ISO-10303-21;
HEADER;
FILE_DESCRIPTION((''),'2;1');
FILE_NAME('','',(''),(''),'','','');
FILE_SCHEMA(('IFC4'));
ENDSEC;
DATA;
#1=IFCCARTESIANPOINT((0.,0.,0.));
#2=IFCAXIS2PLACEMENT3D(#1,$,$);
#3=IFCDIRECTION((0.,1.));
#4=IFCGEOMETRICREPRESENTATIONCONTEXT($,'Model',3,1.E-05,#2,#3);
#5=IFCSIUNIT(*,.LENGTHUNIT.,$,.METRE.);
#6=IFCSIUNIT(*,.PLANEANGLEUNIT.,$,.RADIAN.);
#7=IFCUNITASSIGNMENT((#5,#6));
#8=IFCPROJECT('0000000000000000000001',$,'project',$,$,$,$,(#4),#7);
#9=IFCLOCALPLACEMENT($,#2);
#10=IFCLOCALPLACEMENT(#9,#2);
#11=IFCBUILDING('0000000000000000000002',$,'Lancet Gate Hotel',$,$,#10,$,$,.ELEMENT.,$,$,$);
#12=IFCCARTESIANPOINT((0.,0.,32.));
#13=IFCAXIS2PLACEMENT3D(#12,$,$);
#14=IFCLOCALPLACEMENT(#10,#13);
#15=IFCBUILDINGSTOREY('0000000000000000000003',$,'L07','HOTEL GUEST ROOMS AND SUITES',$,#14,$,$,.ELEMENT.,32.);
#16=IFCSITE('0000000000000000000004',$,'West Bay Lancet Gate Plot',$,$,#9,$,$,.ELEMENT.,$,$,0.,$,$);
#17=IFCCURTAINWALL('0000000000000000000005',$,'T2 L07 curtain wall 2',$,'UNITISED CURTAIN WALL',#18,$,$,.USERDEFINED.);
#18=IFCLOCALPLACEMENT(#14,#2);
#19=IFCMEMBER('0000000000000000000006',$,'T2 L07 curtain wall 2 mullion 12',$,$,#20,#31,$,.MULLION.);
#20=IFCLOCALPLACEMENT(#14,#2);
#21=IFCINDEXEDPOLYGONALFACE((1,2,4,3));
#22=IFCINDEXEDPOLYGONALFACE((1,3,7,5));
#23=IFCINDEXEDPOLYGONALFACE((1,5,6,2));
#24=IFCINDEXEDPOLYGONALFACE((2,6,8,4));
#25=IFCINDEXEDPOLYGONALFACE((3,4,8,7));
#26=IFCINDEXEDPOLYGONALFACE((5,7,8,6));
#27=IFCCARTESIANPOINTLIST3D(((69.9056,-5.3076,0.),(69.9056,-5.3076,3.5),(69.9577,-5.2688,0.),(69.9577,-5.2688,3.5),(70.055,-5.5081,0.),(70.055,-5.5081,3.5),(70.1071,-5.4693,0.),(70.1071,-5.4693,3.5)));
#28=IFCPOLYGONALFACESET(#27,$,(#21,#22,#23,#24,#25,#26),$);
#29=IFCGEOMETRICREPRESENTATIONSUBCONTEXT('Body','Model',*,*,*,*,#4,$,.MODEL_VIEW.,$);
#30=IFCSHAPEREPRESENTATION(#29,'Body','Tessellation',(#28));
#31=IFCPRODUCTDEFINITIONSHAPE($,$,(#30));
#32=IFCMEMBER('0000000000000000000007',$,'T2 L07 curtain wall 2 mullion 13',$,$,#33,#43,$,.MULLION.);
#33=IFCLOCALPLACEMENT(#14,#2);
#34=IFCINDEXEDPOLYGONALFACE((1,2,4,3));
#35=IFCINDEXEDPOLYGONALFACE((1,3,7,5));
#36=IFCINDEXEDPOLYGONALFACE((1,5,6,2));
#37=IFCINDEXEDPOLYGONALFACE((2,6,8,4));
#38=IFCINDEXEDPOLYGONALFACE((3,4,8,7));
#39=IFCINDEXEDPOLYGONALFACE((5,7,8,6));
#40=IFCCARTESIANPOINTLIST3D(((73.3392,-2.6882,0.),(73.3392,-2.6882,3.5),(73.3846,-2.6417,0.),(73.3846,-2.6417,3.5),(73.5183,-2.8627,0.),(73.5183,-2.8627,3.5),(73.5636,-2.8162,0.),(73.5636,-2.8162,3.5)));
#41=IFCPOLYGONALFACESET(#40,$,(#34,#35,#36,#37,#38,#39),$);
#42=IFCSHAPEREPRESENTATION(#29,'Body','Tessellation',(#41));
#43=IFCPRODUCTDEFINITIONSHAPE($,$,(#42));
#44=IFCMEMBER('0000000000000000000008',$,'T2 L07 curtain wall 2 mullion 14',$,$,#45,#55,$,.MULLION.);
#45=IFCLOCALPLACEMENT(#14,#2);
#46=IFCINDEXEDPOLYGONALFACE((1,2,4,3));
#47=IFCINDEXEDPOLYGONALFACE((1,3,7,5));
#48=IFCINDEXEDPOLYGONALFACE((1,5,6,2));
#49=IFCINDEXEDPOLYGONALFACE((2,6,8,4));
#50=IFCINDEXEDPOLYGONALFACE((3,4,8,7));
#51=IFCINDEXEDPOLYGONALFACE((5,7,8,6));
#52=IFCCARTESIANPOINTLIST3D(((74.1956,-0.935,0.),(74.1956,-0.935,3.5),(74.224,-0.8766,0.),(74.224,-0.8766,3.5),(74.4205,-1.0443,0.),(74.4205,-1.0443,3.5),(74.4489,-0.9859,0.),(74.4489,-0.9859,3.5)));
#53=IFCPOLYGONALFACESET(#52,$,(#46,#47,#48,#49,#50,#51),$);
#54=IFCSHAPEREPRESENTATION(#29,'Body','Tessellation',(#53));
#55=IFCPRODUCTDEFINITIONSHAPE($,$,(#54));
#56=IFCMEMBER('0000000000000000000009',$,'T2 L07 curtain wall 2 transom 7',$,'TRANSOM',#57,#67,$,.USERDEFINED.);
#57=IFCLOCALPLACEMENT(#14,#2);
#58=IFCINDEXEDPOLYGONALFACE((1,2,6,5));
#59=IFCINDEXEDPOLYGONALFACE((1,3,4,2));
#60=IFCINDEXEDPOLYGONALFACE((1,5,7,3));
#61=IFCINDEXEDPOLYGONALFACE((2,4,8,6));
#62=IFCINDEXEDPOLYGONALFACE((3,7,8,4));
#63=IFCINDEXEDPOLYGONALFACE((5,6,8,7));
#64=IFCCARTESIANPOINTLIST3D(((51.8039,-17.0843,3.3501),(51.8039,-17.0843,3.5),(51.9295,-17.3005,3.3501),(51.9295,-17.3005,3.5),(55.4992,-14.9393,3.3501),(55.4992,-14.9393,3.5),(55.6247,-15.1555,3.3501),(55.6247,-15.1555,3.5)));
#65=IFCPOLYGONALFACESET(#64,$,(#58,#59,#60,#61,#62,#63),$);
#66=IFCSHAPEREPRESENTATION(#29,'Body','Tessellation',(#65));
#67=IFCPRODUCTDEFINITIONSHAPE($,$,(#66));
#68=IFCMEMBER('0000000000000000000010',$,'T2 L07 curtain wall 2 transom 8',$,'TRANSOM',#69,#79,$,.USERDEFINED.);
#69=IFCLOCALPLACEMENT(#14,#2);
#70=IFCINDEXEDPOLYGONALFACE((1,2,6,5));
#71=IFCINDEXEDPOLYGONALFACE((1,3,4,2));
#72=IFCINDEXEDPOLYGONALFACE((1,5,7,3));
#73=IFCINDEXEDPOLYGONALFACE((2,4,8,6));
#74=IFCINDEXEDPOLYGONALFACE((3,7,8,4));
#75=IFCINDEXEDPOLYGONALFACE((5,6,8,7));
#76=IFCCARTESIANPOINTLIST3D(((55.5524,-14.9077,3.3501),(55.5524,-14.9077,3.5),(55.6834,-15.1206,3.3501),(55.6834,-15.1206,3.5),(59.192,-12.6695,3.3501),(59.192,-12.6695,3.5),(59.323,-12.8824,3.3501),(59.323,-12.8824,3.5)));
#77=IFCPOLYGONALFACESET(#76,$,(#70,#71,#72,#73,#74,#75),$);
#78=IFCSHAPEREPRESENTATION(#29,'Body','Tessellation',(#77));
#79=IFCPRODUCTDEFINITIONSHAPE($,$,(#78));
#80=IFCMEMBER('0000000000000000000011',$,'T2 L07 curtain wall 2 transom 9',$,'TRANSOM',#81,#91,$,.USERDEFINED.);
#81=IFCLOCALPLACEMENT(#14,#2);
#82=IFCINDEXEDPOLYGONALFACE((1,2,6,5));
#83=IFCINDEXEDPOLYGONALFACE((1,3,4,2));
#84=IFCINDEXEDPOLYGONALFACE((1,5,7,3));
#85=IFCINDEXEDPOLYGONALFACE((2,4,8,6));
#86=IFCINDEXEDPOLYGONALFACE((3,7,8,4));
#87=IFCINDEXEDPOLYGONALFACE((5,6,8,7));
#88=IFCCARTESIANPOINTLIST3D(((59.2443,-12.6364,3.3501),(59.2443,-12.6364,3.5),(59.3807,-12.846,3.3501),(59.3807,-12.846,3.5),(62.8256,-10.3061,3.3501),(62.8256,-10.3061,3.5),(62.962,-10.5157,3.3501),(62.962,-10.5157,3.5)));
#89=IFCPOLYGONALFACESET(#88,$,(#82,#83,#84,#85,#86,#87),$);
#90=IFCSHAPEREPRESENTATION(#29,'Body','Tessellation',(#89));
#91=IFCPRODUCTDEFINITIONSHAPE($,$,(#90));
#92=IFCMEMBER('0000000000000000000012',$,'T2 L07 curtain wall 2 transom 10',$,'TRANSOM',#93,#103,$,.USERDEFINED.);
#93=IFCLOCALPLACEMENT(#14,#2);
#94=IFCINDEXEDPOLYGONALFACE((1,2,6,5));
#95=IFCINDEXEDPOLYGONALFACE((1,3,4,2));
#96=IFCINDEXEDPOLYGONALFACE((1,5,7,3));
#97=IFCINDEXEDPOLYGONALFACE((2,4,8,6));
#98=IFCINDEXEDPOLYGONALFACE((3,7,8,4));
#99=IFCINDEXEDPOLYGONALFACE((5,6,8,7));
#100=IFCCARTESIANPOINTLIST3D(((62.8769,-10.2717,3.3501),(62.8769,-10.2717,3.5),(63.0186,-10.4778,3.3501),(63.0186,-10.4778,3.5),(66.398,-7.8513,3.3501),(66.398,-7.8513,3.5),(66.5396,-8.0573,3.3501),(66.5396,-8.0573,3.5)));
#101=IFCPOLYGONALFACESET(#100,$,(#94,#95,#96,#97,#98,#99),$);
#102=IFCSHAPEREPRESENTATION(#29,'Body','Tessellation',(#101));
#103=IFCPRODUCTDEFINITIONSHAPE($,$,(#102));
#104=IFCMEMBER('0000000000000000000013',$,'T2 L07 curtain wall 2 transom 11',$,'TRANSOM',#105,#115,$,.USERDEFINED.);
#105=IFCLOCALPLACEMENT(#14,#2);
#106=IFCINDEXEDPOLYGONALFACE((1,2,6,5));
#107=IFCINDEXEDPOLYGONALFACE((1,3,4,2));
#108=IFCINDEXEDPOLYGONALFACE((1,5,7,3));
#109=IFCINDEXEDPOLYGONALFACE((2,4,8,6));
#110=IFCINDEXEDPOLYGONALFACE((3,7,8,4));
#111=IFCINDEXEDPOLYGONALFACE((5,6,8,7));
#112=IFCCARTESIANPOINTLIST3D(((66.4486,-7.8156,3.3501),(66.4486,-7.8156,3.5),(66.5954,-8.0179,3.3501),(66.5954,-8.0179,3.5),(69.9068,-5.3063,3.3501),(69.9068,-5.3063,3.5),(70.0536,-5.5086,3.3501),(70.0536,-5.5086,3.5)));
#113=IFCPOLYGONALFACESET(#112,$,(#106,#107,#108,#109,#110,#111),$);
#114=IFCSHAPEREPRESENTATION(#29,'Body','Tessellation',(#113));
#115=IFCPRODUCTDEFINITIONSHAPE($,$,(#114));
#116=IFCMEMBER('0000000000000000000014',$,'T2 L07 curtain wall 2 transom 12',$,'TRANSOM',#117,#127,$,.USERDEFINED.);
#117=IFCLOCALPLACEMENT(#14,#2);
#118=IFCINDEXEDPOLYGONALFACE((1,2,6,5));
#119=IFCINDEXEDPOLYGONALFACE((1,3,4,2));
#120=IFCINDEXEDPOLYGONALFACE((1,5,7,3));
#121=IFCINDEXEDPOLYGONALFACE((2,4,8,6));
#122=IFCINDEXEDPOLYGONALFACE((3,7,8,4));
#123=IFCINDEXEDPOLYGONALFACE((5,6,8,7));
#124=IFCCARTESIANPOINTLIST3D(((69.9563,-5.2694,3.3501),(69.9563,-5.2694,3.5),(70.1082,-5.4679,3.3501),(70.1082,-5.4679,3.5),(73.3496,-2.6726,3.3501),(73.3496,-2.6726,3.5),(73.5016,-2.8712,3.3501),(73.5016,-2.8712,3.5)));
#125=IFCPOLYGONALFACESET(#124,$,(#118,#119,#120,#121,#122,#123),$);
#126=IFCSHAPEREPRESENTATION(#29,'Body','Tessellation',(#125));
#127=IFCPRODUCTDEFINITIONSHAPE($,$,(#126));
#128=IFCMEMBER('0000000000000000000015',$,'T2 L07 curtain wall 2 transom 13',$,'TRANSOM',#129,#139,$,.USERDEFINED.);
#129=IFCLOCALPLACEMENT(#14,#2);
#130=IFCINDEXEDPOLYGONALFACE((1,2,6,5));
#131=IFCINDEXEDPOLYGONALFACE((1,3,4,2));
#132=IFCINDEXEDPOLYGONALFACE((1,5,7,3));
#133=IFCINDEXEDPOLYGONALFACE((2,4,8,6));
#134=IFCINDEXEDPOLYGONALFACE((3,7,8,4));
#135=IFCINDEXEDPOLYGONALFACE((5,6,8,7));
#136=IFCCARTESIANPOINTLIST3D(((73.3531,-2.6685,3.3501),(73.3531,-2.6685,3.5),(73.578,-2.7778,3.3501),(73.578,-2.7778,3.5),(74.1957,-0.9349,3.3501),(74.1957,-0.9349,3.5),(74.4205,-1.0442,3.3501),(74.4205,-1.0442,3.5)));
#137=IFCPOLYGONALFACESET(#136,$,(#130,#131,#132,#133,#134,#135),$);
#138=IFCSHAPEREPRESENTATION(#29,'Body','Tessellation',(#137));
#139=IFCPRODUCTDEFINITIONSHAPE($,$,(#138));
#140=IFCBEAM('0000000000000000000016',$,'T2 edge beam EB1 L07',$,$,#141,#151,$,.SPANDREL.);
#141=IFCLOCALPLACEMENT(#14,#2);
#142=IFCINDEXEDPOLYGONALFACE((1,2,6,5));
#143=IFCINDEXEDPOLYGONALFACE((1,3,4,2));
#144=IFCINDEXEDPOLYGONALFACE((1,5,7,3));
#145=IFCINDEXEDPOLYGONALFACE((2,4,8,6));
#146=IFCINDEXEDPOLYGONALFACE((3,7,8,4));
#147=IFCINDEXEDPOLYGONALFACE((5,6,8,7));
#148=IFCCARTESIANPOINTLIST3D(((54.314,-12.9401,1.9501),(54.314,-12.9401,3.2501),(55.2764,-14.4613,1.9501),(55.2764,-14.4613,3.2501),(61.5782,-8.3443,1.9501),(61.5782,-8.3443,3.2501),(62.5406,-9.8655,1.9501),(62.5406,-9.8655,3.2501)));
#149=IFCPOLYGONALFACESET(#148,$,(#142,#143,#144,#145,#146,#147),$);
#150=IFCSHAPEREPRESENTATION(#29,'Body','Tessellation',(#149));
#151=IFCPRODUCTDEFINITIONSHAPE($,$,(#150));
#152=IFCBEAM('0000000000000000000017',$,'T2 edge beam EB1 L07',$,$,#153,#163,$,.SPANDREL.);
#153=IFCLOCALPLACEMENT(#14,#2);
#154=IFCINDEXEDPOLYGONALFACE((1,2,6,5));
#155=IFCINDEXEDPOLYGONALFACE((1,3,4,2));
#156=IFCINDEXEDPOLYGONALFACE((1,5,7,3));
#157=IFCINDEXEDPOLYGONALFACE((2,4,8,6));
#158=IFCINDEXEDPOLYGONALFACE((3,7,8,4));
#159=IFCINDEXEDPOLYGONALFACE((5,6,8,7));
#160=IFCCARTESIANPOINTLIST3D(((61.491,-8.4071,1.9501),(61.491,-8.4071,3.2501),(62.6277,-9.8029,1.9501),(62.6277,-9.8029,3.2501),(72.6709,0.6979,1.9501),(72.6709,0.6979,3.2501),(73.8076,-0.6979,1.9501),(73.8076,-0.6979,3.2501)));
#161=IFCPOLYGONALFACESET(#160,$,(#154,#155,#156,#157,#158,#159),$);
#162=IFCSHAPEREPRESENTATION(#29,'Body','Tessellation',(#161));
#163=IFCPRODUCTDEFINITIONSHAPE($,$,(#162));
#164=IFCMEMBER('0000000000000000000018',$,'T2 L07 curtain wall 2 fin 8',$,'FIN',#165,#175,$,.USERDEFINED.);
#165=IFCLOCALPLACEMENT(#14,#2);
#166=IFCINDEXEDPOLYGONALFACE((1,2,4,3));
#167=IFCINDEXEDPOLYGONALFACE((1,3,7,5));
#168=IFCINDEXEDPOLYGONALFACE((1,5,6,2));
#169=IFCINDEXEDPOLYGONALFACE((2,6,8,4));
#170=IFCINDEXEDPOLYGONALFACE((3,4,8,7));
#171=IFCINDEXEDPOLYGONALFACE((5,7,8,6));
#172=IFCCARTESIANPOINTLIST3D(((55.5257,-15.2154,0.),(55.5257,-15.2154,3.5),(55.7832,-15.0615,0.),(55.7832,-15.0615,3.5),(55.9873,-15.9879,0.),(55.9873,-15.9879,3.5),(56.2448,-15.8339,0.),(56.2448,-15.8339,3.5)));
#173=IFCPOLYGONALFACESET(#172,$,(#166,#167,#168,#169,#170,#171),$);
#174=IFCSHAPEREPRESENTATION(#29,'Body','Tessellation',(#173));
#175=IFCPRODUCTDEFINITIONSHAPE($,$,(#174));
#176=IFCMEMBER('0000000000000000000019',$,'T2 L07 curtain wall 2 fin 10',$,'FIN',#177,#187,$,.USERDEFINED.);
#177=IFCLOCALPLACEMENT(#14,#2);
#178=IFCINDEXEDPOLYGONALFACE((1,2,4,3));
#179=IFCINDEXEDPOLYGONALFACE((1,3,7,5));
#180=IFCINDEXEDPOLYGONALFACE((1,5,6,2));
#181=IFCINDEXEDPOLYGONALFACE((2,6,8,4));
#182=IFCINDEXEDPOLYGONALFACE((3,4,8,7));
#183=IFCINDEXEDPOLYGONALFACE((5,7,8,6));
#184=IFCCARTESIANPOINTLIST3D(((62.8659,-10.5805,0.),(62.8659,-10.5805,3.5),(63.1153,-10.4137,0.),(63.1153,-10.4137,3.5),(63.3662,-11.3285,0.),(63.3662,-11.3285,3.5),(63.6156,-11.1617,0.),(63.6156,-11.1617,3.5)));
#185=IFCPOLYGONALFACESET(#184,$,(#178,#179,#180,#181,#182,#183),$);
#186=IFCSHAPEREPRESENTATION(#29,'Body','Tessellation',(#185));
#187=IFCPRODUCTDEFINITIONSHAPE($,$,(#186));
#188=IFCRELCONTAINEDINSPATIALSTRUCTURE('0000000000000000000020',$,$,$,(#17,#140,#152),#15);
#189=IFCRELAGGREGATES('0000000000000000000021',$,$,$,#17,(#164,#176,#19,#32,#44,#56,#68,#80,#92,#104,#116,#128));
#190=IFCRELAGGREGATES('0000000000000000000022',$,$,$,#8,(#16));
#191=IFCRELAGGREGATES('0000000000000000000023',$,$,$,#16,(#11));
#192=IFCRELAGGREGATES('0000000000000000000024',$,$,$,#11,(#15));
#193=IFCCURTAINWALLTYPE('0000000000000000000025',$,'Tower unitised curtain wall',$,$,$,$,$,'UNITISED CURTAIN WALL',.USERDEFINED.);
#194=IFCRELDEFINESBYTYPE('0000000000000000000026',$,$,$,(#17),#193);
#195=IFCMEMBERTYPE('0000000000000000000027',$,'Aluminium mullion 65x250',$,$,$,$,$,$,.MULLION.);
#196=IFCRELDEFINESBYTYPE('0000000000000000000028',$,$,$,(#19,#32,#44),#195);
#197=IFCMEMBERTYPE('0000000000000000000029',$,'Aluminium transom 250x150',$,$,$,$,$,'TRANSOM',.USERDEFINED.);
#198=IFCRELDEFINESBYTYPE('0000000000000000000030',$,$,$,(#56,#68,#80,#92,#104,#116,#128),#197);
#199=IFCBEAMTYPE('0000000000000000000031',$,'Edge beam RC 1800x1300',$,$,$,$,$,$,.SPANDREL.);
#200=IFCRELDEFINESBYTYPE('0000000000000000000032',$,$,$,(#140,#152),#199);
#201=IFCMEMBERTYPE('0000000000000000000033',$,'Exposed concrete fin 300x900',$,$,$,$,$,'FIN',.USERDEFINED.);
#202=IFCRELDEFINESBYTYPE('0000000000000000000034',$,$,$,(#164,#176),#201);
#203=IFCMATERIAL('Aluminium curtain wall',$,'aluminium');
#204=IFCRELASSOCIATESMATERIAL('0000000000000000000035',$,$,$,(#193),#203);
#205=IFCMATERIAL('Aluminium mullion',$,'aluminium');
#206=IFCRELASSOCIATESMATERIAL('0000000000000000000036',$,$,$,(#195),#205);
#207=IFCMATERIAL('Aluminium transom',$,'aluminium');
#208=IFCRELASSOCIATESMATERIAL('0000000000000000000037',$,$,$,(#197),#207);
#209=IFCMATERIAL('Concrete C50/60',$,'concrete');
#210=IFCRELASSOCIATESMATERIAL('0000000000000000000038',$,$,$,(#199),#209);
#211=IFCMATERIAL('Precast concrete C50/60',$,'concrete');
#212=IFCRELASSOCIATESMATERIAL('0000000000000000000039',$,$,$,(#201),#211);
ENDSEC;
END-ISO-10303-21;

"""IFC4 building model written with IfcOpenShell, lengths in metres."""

from ifc_helpers import new_model, si_unit, direction, frame, origin, origin_2d, place, context, subcontext, project, spatial, rectangle, extrude, material, material_profile, profile_set, type_object, element, aggregate, save


model = new_model("IFC4")

# Units and contexts
model_context = context("Model", 3, precision=1e-05, world=origin(), true_north=direction((0.0, 1.0)))
body_context = subcontext(model_context, "Body", "Model", "MODEL_VIEW")
ifc_project = project(units=[si_unit("LENGTHUNIT", "METRE"), si_unit("PLANEANGLEUNIT", "RADIAN")], contexts=[model_context])

# Site, building, storey
site_placement = place(None, origin())
site = spatial("IfcSite", under=ifc_project, at=site_placement, Name="West Bay Lancet Gate Plot", CompositionType="ELEMENT", RefElevation=0.0)
building_placement = place(site_placement, origin())
building = spatial("IfcBuilding", under=site, at=building_placement, Name="Lancet Gate Hotel", CompositionType="ELEMENT")
storey_placement = place(building_placement, frame((0.0, 0.0, 32.0)))
storey = spatial("IfcBuildingStorey", under=building, at=storey_placement, Name="L07", Description="HOTEL GUEST ROOMS AND SUITES", CompositionType="ELEMENT", Elevation=32.0)

# Curtain wall, members
ifc_material_1 = material(Name="Aluminium curtain wall", Category="aluminium")
curtain_wall_type = type_object("IfcCurtainWallType", Name="Tower unitised curtain wall", ElementType="UNITISED CURTAIN WALL", PredefinedType="USERDEFINED", material=ifc_material_1)
curtain_wall_placement = place(storey_placement, origin())
curtain_wall = element("IfcCurtainWall", 1, at=curtain_wall_placement, inside=storey, type_object=curtain_wall_type, Name="T2 L07 curtain wall 2", ObjectType="UNITISED CURTAIN WALL", PredefinedType="USERDEFINED")
ifc_material_2 = material(Name="Aluminium mullion", Category="aluminium")
ifc_material_profile_1 = material_profile(ifc_material_2, rectangle(XDim=0.0649, YDim=0.25, at=origin_2d()), Name="MULLION 65x250")
ifc_profile_set_1 = profile_set([ifc_material_profile_1], Name="Aluminium mullion")
member_type_1 = type_object("IfcMemberType", Name="Aluminium mullion 65x250", PredefinedType="MULLION", material=ifc_profile_set_1)
member_1_placement = place(storey_placement, frame((70.0063, -5.3884, 0.0), z_axis=(0.0, 0.0, 1.0), x_axis=(0.80183, 0.597552, 0.0)))
member_1 = element("IfcMember", 2, at=member_1_placement, type_object=member_type_1, Name="T2 L07 curtain wall 2 mullion 12", PredefinedType="MULLION", context=body_context, shape_type="SweptSolid", body=[
    extrude(rectangle(XDim=0.0649, YDim=0.25, at=origin_2d()), origin(), (0.0, 0.0, 1.0), 3.5),
])
member_2_placement = place(storey_placement, frame((73.4514, -2.7522, 0.0), z_axis=(0.0, 0.0, 1.0), x_axis=(0.697983, 0.716114, 0.0)))
member_2 = element("IfcMember", 3, at=member_2_placement, type_object=member_type_1, Name="T2 L07 curtain wall 2 mullion 13", PredefinedType="MULLION", context=body_context, shape_type="SweptSolid", body=[
    extrude(rectangle(XDim=0.0649, YDim=0.25, at=origin_2d()), origin(), (0.0, 0.0, 1.0), 3.5),
])
member_3_placement = place(storey_placement, frame((74.3223, -0.9604, 0.0), z_axis=(0.0, 0.0, 1.0), x_axis=(0.437169, 0.899379, 0.0)))
member_3 = element("IfcMember", 4, at=member_3_placement, type_object=member_type_1, Name="T2 L07 curtain wall 2 mullion 14", PredefinedType="MULLION", context=body_context, shape_type="SweptSolid", body=[
    extrude(rectangle(XDim=0.0649, YDim=0.25, at=origin_2d()), origin(), (0.0, 0.0, 1.0), 3.5),
])
ifc_material_3 = material(Name="Aluminium transom", Category="aluminium")
ifc_material_profile_2 = material_profile(ifc_material_3, rectangle(XDim=0.25, YDim=0.1499, at=origin_2d()), Name="TRANSOM 250x150")
ifc_profile_set_2 = profile_set([ifc_material_profile_2], Name="Aluminium transom")
member_type_2 = type_object("IfcMemberType", Name="Aluminium transom 250x150", ElementType="TRANSOM", PredefinedType="USERDEFINED", material=ifc_profile_set_2)
member_4_placement = place(storey_placement, frame((51.8667, -17.1924, 3.425), z_axis=(0.864855, 0.502022, 0.0), x_axis=(-0.502022, 0.864855, 0.0)))
member_4 = element("IfcMember", 5, at=member_4_placement, type_object=member_type_2, Name="T2 L07 curtain wall 2 transom 7", ObjectType="TRANSOM", PredefinedType="USERDEFINED", context=body_context, shape_type="SweptSolid", body=[
    extrude(rectangle(XDim=0.25, YDim=0.1499, at=origin_2d()), origin(), (0.0, 0.0, 1.0), 4.2727),
])
member_5_placement = place(storey_placement, frame((55.6179, -15.0142, 3.425), z_axis=(0.851815, 0.523842, 0.0), x_axis=(-0.523842, 0.851815, 0.0)))
member_5 = element("IfcMember", 6, at=member_5_placement, type_object=member_type_2, Name="T2 L07 curtain wall 2 transom 8", ObjectType="TRANSOM", PredefinedType="USERDEFINED", context=body_context, shape_type="SweptSolid", body=[
    extrude(rectangle(XDim=0.25, YDim=0.1499, at=origin_2d()), origin(), (0.0, 0.0, 1.0), 4.2727),
])
member_6_placement = place(storey_placement, frame((59.3125, -12.7412, 3.425), z_axis=(0.838179, 0.545396, 0.0), x_axis=(-0.545396, 0.838179, 0.0)))
member_6 = element("IfcMember", 7, at=member_6_placement, type_object=member_type_2, Name="T2 L07 curtain wall 2 transom 9", ObjectType="TRANSOM", PredefinedType="USERDEFINED", context=body_context, shape_type="SweptSolid", body=[
    extrude(rectangle(XDim=0.25, YDim=0.1499, at=origin_2d()), origin(), (0.0, 0.0, 1.0), 4.2727),
])
member_7_placement = place(storey_placement, frame((62.9478, -10.3748, 3.425), z_axis=(0.824072, 0.566485, 0.0), x_axis=(-0.566485, 0.824072, 0.0)))
member_7 = element("IfcMember", 8, at=member_7_placement, type_object=member_type_2, Name="T2 L07 curtain wall 2 transom 10", ObjectType="TRANSOM", PredefinedType="USERDEFINED", context=body_context, shape_type="SweptSolid", body=[
    extrude(rectangle(XDim=0.25, YDim=0.1499, at=origin_2d()), origin(), (0.0, 0.0, 1.0), 4.2727),
])
member_8_placement = place(storey_placement, frame((66.522, -7.9167, 3.425), z_axis=(0.809383, 0.587281, 0.0), x_axis=(-0.587281, 0.809383, 0.0)))
member_8 = element("IfcMember", 9, at=member_8_placement, type_object=member_type_2, Name="T2 L07 curtain wall 2 transom 11", ObjectType="TRANSOM", PredefinedType="USERDEFINED", context=body_context, shape_type="SweptSolid", body=[
    extrude(rectangle(XDim=0.25, YDim=0.1499, at=origin_2d()), origin(), (0.0, 0.0, 1.0), 4.2727),
])
member_9_placement = place(storey_placement, frame((70.0322, -5.3687, 3.425), z_axis=(0.794155, 0.607715, 0.0), x_axis=(-0.607715, 0.794155, 0.0)))
member_9 = element("IfcMember", 10, at=member_9_placement, type_object=member_type_2, Name="T2 L07 curtain wall 2 transom 12", ObjectType="TRANSOM", PredefinedType="USERDEFINED", context=body_context, shape_type="SweptSolid", body=[
    extrude(rectangle(XDim=0.25, YDim=0.1499, at=origin_2d()), origin(), (0.0, 0.0, 1.0), 4.2729),
])
member_10_placement = place(storey_placement, frame((73.4656, -2.7231, 3.425), z_axis=(0.437103, 0.899411, 0.0), x_axis=(-0.899411, 0.437103, 0.0)))
member_10 = element("IfcMember", 11, at=member_10_placement, type_object=member_type_2, Name="T2 L07 curtain wall 2 transom 13", ObjectType="TRANSOM", PredefinedType="USERDEFINED", context=body_context, shape_type="SweptSolid", body=[
    extrude(rectangle(XDim=0.25, YDim=0.1499, at=origin_2d()), origin(), (0.0, 0.0, 1.0), 1.9275),
])

# Beams
ifc_material_4 = material(Name="Concrete C50/60", Category="concrete")
ifc_material_profile_3 = material_profile(ifc_material_4, rectangle(XDim=1.8, YDim=1.3, at=origin_2d()), Name="RC 1800x1300")
ifc_profile_set_3 = profile_set([ifc_material_profile_3], Name="Concrete C50/60")
beam_type_1 = type_object("IfcBeamType", Name="Edge beam RC 1800x1300", PredefinedType="SPANDREL", material=ifc_profile_set_3)
beam_1_placement = place(storey_placement, frame((54.7952, -13.7007, 2.6001), z_axis=(0.845078, 0.534643, 0.0), x_axis=(-0.534643, 0.845078, 0.0)))
element("IfcBeam", 12, at=beam_1_placement, inside=storey, type_object=beam_type_1, Name="T2 edge beam EB1 L07", PredefinedType="SPANDREL", context=body_context, shape_type="SweptSolid", body=[
    extrude(rectangle(XDim=1.8, YDim=1.3, at=origin_2d()), origin(), (0.0, 0.0, 1.0), 8.5959),
])
beam_2_placement = place(storey_placement, frame((62.0593, -9.105, 2.6001), z_axis=(0.775391, 0.631481, 0.0), x_axis=(-0.631481, 0.775391, 0.0)))
element("IfcBeam", 13, at=beam_2_placement, inside=storey, type_object=beam_type_1, Name="T2 edge beam EB1 L07", PredefinedType="SPANDREL", context=body_context, shape_type="SweptSolid", body=[
    extrude(rectangle(XDim=1.8, YDim=1.3, at=origin_2d()), origin(), (0.0, 0.0, 1.0), 14.4185),
])

# Members
ifc_material_5 = material(Name="Precast concrete C50/60", Category="concrete")
ifc_material_profile_4 = material_profile(ifc_material_5, rectangle(XDim=0.3, YDim=0.8999, at=origin_2d()), Name="FIN 300x900")
ifc_profile_set_4 = profile_set([ifc_material_profile_4], Name="Precast concrete C50/60")
member_type_3 = type_object("IfcMemberType", Name="Exposed concrete fin 300x900", ElementType="FIN", PredefinedType="USERDEFINED", material=ifc_profile_set_4)
member_11_placement = place(storey_placement, frame((55.8853, -15.5247, 0.0), z_axis=(0.0, 0.0, 1.0), x_axis=(0.858413, 0.512959, 0.0)))
member_11 = element("IfcMember", 14, at=member_11_placement, type_object=member_type_3, Name="T2 L07 curtain wall 2 fin 8", ObjectType="FIN", PredefinedType="USERDEFINED", context=body_context, shape_type="SweptSolid", body=[
    extrude(rectangle(XDim=0.3, YDim=0.8999, at=origin_2d()), origin(), (0.0, 0.0, 1.0), 3.5),
])
member_12_placement = place(storey_placement, frame((63.2407, -10.8711, 0.0), z_axis=(0.0, 0.0, 1.0), x_axis=(0.831198, 0.555976, 0.0)))
member_12 = element("IfcMember", 15, at=member_12_placement, type_object=member_type_3, Name="T2 L07 curtain wall 2 fin 10", ObjectType="FIN", PredefinedType="USERDEFINED", context=body_context, shape_type="SweptSolid", body=[
    extrude(rectangle(XDim=0.3, YDim=0.8999, at=origin_2d()), origin(), (0.0, 0.0, 1.0), 3.5),
])

aggregate(curtain_wall, [member_11, member_12, member_1, member_2, member_3, member_4, member_5, member_6, member_7, member_8, member_9, member_10])

save(model, "model.ifc")
